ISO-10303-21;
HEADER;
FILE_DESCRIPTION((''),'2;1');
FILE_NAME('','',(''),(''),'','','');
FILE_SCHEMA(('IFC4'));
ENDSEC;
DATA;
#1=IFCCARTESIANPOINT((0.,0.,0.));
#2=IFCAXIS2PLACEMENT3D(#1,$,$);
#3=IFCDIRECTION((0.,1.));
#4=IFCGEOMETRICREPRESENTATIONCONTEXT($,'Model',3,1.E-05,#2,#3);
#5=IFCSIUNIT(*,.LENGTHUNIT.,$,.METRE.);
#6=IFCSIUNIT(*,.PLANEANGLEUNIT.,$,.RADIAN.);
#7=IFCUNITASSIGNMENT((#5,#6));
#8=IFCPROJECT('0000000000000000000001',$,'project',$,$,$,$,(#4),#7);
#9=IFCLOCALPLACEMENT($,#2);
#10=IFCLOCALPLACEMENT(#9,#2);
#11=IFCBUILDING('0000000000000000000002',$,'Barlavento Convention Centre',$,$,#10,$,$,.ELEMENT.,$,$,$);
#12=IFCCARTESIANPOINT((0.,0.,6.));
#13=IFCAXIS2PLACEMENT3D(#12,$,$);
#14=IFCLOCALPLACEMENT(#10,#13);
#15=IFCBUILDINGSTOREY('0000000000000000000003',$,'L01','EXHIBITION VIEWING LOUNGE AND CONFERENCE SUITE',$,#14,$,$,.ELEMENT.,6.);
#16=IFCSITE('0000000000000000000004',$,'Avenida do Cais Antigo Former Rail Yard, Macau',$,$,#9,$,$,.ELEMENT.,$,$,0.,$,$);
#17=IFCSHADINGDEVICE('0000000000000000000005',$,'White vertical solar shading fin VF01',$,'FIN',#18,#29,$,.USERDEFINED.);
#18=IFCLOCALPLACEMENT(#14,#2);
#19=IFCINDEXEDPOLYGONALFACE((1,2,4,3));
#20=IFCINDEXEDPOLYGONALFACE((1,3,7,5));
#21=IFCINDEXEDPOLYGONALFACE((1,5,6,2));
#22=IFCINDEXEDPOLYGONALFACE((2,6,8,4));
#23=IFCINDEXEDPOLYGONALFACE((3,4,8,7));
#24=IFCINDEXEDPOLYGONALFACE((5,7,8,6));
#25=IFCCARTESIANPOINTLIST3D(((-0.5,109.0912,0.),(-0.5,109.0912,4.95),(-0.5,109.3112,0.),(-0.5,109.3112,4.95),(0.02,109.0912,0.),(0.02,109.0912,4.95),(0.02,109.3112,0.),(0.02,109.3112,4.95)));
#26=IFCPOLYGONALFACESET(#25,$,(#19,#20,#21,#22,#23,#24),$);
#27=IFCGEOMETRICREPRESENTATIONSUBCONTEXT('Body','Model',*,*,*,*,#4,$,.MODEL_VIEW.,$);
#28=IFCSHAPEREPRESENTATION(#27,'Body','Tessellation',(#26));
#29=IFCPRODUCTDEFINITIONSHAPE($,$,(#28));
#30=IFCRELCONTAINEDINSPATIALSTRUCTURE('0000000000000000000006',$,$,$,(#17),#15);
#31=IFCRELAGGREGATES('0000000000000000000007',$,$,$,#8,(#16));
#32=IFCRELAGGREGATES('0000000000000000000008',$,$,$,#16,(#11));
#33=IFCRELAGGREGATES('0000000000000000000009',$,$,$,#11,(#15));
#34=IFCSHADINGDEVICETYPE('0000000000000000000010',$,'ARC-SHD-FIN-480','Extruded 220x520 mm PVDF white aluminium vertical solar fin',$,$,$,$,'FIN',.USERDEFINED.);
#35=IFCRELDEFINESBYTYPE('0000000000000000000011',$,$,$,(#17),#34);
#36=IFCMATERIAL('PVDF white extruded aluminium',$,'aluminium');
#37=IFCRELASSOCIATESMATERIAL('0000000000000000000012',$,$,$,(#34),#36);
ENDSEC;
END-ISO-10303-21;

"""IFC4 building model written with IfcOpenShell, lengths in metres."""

from ifc_helpers import new_model, si_unit, direction, frame, origin, origin_2d, place, context, subcontext, project, spatial, rectangle, extrude, material, type_object, element, save


model = new_model("IFC4")

# Units and contexts
model_context = context("Model", 3, precision=1e-05, world=origin(), true_north=direction((0.0, 1.0)))
body_context = subcontext(model_context, "Body", "Model", "MODEL_VIEW")
ifc_project = project(units=[si_unit("LENGTHUNIT", "METRE"), si_unit("PLANEANGLEUNIT", "RADIAN")], contexts=[model_context])

# Site, building, storey
site_placement = place(None, origin())
site = spatial("IfcSite", under=ifc_project, at=site_placement, Name="Avenida do Cais Antigo Former Rail Yard, Macau", CompositionType="ELEMENT", RefElevation=0.0)
building_placement = place(site_placement, origin())
building = spatial("IfcBuilding", under=site, at=building_placement, Name="Barlavento Convention Centre", CompositionType="ELEMENT")
storey_placement = place(building_placement, frame((0.0, 0.0, 6.0)))
storey = spatial("IfcBuildingStorey", under=building, at=storey_placement, Name="L01", Description="EXHIBITION VIEWING LOUNGE AND CONFERENCE SUITE", CompositionType="ELEMENT", Elevation=6.0)

# Shading device
ifc_material_1 = material(Name="PVDF white extruded aluminium", Category="aluminium")
shading_device_type = type_object("IfcShadingDeviceType", Name="ARC-SHD-FIN-480", Description="Extruded 220x520 mm PVDF white aluminium vertical solar fin", ElementType="FIN", PredefinedType="USERDEFINED", material=ifc_material_1)
for number, where, z_axis, x_axis, name in (
    (1, (-0.24, 109.2012, 0.0), (0.0, 0.0, 1.0), (0.0, 1.0, 0.0), "White vertical solar shading fin VF01"),
):
    element("IfcShadingDevice", number, at=place(storey_placement, frame(where, z_axis=z_axis, x_axis=x_axis)), inside=storey, type_object=shading_device_type, Name=name, ObjectType="FIN", PredefinedType="USERDEFINED", context=body_context, shape_type="SweptSolid", body=[
        extrude(rectangle(XDim=0.22, YDim=0.52, at=origin_2d()), origin(), (0.0, 0.0, 1.0), 4.95),
    ])

save(model, "model.ifc")
